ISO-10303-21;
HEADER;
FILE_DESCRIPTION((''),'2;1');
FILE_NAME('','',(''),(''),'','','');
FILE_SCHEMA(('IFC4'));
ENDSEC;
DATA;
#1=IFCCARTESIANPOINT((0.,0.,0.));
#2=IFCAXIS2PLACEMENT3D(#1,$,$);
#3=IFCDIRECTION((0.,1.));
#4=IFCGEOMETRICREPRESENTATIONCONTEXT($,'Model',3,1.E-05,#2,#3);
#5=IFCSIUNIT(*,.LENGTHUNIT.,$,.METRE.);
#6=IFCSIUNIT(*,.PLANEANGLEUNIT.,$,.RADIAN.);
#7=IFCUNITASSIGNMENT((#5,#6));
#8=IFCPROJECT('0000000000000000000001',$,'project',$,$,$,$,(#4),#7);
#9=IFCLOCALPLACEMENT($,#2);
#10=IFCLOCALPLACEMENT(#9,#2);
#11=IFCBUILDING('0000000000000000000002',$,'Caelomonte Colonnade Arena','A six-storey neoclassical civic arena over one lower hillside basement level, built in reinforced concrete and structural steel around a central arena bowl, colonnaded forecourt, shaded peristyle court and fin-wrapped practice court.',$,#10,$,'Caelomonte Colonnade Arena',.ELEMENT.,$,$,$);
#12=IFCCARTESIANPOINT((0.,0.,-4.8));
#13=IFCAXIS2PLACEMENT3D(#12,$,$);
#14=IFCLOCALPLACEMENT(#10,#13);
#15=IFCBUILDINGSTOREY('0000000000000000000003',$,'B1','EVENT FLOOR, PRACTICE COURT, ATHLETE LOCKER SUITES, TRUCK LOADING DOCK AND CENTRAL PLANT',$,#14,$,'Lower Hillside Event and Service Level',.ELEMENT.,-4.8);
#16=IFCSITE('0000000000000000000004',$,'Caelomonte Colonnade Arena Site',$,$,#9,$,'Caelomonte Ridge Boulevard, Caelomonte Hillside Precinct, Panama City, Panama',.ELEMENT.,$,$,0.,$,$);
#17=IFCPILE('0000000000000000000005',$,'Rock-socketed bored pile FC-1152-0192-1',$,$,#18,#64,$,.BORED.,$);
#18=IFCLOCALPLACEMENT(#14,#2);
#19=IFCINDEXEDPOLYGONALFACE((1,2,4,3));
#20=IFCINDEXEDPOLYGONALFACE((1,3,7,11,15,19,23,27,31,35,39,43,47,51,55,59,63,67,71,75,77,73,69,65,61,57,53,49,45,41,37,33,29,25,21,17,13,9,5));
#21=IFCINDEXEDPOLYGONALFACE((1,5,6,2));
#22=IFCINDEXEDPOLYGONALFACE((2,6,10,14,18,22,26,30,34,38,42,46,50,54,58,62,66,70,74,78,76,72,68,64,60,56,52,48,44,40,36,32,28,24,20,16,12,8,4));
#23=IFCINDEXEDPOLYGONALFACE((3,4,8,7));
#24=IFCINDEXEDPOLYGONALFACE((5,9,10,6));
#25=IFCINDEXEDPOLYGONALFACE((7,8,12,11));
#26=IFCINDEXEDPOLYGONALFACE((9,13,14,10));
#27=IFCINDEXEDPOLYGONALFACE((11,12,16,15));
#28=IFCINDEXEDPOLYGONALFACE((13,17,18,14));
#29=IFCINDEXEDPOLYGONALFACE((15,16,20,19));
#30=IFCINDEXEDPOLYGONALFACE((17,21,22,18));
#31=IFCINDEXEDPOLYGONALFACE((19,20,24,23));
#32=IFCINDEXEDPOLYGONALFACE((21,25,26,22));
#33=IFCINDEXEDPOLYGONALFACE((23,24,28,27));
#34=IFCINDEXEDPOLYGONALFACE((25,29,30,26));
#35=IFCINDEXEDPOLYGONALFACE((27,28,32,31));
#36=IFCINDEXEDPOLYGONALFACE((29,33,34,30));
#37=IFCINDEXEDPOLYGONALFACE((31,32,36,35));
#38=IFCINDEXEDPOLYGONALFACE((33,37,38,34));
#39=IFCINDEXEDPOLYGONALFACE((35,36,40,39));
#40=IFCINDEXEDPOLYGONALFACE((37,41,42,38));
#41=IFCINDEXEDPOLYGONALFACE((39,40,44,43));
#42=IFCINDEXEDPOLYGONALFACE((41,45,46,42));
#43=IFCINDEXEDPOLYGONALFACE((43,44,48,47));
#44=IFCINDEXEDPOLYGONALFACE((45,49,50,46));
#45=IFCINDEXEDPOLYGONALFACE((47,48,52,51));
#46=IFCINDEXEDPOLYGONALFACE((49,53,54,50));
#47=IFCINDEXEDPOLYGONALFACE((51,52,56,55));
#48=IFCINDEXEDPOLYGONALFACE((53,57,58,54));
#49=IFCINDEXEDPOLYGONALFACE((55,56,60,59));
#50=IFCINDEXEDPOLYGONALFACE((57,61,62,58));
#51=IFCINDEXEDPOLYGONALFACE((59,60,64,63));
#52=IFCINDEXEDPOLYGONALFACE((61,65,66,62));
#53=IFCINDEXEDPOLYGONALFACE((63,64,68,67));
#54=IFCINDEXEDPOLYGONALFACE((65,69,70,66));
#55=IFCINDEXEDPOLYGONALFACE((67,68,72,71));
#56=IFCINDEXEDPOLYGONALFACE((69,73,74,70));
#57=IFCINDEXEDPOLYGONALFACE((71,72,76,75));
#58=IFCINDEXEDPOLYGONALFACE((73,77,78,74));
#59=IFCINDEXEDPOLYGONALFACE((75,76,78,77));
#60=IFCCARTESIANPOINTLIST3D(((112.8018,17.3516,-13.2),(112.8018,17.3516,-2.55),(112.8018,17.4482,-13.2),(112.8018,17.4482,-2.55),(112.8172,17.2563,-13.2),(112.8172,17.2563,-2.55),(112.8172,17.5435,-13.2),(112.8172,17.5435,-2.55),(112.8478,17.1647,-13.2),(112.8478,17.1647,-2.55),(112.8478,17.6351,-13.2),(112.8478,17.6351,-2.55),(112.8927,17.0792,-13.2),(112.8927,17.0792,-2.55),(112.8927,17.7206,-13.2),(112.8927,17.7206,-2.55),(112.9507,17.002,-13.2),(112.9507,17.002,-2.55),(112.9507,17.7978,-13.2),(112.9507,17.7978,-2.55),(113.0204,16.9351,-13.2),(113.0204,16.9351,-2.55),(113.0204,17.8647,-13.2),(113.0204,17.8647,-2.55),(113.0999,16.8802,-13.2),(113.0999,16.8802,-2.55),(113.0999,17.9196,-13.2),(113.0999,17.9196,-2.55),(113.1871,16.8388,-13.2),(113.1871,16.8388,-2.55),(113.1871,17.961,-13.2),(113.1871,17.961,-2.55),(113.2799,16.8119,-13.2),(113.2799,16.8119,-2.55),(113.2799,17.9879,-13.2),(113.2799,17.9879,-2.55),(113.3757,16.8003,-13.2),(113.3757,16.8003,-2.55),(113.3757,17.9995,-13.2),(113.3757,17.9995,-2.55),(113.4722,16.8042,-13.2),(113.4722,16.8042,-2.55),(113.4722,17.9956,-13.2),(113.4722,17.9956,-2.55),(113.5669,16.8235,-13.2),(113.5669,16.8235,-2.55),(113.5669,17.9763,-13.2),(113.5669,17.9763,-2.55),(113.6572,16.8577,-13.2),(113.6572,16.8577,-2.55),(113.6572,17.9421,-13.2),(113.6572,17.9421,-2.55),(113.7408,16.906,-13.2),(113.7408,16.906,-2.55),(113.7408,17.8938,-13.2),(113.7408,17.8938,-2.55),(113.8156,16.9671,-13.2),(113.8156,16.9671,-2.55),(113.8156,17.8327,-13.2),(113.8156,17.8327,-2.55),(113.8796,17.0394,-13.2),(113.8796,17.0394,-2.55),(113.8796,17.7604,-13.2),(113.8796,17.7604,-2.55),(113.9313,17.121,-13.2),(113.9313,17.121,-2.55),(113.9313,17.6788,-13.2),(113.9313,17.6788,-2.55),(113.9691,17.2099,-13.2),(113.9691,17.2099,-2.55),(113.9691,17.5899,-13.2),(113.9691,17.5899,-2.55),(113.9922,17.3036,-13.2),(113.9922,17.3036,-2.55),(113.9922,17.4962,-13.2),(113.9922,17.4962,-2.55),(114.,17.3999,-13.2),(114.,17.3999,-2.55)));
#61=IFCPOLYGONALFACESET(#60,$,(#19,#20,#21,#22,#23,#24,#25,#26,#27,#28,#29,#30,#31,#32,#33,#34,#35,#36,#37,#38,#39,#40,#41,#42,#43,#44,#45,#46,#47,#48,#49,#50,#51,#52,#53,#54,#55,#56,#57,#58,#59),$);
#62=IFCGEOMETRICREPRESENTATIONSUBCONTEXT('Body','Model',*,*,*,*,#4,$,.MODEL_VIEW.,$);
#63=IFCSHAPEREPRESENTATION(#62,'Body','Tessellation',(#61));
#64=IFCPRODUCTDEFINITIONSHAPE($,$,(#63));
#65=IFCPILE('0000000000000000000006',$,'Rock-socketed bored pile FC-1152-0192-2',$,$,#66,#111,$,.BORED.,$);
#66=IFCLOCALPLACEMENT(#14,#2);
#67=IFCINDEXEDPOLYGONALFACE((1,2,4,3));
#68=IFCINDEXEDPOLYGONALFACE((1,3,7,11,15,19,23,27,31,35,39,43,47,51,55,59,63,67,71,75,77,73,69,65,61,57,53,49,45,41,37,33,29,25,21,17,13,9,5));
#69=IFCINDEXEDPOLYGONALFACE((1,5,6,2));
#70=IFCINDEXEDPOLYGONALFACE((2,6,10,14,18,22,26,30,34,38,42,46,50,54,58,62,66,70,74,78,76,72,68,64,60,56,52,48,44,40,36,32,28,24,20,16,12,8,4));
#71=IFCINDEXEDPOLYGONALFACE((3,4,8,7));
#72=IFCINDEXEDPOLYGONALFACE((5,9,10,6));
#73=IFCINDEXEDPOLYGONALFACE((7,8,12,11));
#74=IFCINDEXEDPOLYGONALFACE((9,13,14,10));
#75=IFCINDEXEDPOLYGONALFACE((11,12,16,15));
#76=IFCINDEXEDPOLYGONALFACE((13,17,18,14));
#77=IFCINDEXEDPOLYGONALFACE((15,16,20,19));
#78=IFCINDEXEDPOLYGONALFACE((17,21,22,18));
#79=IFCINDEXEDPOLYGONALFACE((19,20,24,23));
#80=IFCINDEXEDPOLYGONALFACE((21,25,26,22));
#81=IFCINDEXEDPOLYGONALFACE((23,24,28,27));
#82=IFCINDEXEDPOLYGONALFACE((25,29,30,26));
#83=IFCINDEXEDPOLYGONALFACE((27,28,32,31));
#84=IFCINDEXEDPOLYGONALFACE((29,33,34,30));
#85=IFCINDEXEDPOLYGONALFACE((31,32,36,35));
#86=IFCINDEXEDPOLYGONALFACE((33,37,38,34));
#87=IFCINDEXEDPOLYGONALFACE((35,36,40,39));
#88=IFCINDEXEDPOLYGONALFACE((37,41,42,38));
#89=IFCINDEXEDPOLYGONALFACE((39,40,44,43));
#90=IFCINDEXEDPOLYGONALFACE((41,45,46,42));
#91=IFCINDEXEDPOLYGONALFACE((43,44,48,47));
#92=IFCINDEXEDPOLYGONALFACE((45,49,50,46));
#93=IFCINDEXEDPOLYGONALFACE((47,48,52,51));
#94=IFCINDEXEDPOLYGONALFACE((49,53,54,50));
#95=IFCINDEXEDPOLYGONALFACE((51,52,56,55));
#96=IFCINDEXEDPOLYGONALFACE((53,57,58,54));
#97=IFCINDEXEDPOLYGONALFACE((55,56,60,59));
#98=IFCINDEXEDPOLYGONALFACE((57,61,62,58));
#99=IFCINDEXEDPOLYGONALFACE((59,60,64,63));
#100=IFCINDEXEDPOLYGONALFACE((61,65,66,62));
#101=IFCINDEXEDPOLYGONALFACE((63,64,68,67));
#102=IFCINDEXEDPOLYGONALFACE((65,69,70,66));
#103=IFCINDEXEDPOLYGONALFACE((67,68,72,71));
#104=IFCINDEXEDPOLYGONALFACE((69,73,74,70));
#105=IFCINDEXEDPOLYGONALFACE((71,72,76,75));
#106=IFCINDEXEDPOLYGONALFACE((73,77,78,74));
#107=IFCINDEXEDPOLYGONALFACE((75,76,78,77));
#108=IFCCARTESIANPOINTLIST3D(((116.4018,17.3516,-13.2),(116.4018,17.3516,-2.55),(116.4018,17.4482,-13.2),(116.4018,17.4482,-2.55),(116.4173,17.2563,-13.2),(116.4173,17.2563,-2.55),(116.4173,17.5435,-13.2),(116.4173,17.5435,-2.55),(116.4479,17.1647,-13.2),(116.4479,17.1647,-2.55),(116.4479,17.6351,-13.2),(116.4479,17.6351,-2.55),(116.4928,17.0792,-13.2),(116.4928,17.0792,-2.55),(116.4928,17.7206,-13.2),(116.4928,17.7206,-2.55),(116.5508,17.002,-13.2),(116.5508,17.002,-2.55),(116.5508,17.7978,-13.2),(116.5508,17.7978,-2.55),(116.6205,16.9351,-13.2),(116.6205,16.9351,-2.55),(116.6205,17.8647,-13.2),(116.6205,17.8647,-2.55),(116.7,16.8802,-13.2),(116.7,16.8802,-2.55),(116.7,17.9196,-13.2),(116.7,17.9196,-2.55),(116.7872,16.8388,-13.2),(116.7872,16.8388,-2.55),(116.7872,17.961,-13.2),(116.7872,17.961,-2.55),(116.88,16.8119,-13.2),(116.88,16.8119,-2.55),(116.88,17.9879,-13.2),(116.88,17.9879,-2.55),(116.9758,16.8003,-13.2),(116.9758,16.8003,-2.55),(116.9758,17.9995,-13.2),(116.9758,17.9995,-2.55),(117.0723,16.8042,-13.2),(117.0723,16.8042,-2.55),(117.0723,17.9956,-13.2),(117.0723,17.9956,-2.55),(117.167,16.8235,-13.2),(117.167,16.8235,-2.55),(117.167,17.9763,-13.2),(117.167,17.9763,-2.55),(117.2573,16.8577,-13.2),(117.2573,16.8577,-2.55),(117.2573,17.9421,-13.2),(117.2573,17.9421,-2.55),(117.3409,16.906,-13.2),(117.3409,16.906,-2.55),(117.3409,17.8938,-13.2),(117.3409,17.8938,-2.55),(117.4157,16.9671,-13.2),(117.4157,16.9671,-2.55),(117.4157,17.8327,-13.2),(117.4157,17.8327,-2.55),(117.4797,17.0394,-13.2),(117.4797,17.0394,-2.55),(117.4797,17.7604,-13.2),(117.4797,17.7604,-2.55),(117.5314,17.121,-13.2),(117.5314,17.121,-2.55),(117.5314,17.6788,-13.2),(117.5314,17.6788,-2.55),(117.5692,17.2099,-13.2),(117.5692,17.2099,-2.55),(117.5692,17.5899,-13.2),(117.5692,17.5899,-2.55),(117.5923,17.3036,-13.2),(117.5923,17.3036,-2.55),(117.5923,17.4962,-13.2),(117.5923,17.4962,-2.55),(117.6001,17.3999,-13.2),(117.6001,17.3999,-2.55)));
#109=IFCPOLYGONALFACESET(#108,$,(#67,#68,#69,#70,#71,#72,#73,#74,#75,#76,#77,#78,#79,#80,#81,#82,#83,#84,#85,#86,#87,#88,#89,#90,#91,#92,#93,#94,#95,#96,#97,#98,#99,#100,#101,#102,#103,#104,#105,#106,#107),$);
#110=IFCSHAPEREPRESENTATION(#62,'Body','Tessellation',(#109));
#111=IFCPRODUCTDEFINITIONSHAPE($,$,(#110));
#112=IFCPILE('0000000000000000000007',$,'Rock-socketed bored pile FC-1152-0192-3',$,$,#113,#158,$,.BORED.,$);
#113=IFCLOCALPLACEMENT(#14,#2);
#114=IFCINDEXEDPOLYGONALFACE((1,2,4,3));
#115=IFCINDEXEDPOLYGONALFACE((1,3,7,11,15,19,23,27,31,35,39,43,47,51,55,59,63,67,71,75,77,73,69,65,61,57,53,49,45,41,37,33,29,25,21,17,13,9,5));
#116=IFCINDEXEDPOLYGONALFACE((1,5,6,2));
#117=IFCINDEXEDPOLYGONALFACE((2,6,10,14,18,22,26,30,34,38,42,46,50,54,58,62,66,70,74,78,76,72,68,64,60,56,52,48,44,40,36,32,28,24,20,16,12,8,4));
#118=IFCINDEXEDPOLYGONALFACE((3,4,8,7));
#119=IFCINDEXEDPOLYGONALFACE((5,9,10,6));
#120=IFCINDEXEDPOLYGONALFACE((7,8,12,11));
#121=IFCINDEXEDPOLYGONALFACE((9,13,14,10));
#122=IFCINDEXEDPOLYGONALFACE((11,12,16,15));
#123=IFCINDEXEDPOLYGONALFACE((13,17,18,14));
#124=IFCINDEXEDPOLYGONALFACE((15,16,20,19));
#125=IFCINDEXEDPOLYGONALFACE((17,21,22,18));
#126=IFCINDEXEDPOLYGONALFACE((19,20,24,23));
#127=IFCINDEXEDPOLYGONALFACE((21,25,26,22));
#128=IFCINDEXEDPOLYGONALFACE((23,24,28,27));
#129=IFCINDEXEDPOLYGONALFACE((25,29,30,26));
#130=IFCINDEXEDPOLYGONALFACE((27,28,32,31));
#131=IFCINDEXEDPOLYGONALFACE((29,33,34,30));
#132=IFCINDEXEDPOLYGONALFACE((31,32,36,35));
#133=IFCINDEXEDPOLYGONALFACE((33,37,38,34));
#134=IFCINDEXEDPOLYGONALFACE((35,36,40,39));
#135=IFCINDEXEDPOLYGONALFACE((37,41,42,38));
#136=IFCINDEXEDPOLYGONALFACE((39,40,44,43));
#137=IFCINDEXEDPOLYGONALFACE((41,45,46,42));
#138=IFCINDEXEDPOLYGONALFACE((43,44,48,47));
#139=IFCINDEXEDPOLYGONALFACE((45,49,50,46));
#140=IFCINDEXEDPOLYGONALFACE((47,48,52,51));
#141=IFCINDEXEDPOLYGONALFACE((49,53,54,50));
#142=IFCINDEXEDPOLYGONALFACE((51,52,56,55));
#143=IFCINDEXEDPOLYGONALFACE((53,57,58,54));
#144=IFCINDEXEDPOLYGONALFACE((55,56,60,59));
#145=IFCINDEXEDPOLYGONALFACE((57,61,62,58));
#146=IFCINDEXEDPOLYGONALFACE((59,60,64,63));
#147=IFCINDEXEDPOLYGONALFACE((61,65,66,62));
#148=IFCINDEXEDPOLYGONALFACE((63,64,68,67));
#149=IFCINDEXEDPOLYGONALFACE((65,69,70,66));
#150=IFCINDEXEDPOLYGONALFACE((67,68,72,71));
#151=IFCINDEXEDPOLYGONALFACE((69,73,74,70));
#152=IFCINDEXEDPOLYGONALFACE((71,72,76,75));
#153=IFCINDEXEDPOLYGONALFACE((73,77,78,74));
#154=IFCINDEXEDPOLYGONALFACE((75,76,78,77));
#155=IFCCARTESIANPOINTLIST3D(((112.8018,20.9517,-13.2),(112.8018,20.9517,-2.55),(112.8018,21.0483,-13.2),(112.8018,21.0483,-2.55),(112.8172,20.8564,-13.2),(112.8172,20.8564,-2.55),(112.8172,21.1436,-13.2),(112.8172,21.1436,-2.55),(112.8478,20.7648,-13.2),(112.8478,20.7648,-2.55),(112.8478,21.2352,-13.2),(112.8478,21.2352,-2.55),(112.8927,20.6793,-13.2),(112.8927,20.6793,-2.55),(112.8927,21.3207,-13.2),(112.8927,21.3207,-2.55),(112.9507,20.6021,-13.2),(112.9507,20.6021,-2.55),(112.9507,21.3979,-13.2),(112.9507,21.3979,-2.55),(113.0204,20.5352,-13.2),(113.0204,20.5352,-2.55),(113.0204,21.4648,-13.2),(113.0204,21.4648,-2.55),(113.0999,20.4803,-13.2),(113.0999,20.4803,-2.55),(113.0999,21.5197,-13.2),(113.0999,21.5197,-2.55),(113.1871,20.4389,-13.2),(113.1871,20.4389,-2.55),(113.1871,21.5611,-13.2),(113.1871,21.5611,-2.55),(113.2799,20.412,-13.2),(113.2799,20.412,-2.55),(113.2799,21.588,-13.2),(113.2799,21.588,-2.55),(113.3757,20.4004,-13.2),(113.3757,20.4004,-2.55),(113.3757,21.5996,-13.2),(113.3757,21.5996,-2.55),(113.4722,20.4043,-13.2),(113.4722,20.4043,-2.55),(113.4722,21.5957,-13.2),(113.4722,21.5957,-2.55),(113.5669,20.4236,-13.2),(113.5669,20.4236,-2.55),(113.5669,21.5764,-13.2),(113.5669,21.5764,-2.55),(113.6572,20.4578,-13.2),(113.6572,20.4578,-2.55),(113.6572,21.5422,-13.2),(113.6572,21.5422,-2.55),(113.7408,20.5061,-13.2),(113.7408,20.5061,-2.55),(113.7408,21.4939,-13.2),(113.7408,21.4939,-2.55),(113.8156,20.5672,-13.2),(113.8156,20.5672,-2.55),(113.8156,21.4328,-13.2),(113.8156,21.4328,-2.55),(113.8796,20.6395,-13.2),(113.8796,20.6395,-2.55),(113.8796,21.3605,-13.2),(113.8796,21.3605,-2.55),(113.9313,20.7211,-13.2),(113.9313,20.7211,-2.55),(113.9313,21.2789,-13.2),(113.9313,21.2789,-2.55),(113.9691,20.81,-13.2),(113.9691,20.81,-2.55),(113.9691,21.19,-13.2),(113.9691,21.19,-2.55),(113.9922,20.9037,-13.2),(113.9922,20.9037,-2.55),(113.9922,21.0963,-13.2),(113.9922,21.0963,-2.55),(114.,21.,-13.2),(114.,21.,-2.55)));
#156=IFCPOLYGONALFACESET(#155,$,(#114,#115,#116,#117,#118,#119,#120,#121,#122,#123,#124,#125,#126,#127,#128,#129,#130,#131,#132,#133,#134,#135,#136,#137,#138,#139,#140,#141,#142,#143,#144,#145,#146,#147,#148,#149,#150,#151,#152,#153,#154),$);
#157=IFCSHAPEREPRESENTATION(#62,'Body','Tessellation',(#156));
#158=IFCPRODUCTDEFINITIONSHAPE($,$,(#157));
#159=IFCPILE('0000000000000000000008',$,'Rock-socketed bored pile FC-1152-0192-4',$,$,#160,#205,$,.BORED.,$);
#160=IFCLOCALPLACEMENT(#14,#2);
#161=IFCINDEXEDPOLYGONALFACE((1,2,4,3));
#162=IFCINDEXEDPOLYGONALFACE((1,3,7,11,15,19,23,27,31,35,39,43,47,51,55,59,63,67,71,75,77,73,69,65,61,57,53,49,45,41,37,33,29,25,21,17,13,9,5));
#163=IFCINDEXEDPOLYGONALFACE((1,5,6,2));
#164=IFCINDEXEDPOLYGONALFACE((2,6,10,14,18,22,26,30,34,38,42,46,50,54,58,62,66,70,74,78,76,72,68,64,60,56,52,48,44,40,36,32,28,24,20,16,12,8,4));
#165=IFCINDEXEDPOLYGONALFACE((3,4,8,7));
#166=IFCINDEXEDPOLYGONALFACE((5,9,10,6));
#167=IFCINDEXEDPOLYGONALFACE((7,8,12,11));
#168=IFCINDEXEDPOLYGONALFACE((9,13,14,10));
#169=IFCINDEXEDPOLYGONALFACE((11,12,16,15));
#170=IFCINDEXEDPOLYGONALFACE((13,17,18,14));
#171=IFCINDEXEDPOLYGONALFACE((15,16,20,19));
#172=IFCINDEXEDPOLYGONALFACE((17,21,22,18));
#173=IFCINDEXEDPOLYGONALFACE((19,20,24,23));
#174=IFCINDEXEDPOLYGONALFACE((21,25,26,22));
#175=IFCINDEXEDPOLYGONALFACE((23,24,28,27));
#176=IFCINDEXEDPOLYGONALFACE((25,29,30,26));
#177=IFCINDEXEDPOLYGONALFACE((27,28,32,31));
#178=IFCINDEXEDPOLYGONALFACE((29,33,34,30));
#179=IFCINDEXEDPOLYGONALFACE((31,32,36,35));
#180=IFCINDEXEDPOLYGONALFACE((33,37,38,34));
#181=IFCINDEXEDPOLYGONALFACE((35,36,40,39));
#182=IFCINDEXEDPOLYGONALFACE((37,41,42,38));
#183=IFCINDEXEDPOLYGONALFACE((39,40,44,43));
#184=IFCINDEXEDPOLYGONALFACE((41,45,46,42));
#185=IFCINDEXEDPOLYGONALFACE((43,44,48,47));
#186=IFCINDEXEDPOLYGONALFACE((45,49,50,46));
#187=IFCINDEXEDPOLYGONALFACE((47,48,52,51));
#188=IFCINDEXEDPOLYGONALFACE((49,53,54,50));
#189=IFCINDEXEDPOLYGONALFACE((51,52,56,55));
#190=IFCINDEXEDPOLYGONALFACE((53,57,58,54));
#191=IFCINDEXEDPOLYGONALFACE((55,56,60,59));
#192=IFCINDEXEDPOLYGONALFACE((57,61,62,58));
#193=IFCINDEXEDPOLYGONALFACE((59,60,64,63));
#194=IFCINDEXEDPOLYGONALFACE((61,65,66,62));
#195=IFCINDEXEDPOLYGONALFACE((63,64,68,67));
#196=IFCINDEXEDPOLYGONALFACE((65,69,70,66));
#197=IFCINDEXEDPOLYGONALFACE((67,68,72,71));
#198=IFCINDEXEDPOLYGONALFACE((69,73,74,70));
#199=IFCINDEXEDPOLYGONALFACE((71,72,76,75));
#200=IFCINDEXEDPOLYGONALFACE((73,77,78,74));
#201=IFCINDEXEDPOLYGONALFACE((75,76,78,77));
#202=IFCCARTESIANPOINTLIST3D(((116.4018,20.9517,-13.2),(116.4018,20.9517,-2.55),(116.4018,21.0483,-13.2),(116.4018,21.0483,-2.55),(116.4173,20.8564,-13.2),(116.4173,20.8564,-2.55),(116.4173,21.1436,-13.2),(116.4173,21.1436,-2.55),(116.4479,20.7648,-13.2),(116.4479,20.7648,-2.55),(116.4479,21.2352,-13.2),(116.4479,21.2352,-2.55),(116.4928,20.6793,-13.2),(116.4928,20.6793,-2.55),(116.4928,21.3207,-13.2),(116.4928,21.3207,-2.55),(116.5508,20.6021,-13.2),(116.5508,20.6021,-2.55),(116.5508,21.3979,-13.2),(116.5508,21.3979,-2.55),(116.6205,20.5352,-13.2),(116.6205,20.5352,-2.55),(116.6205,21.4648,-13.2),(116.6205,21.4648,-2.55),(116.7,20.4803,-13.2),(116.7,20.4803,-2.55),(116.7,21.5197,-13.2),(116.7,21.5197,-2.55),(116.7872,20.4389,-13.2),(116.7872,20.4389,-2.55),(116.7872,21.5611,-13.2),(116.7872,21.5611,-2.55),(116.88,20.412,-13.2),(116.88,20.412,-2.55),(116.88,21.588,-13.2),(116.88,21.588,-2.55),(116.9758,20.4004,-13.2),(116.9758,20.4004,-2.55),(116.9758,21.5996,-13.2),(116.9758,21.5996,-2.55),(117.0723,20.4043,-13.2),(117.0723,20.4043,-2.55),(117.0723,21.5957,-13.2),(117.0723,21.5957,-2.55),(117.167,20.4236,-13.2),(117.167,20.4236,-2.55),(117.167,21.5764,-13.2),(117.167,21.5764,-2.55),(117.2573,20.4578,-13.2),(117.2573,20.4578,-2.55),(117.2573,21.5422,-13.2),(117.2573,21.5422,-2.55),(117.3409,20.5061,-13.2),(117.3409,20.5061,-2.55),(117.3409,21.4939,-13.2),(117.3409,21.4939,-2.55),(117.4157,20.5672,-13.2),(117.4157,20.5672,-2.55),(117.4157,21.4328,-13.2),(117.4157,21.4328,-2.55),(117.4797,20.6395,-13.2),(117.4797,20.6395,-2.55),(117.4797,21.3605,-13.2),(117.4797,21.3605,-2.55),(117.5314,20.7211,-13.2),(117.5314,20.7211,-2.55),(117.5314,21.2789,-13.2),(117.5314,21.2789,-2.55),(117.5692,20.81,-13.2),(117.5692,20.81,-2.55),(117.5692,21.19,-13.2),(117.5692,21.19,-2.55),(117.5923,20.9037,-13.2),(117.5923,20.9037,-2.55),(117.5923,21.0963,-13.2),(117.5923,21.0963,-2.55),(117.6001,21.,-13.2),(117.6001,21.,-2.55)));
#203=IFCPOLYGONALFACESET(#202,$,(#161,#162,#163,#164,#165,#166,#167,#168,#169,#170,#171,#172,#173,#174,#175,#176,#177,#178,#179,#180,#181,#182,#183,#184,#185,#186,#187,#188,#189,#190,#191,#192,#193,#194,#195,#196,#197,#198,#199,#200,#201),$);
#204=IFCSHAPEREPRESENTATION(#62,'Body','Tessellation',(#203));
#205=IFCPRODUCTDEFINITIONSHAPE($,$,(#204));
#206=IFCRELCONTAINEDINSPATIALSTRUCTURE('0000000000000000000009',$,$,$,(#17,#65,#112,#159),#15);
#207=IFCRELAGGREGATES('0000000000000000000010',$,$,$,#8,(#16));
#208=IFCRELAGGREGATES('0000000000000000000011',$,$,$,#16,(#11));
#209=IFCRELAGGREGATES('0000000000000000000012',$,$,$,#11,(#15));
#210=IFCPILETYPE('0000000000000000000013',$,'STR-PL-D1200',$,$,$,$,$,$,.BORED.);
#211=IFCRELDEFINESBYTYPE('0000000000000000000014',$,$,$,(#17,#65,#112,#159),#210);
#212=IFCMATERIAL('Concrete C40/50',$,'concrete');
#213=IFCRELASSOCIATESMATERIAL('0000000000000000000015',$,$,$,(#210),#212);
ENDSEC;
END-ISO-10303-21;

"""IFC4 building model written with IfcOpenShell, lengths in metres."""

from ifc_helpers import new_model, si_unit, direction, frame, origin, origin_2d, place, context, subcontext, project, spatial, circle, extrude, material, material_profile, profile_set, type_object, element, save


model = new_model("IFC4")

# Units and contexts
model_context = context("Model", 3, precision=1e-05, world=origin(), true_north=direction((0.0, 1.0)))
body_context = subcontext(model_context, "Body", "Model", "MODEL_VIEW")
ifc_project = project(units=[si_unit("LENGTHUNIT", "METRE"), si_unit("PLANEANGLEUNIT", "RADIAN")], contexts=[model_context])

# Site, building, storey
site_placement = place(None, origin())
site = spatial("IfcSite", under=ifc_project, at=site_placement, Name="Caelomonte Colonnade Arena Site", LongName="Caelomonte Ridge Boulevard, Caelomonte Hillside Precinct, Panama City, Panama", CompositionType="ELEMENT", RefElevation=0.0)
building_placement = place(site_placement, origin())
building = spatial("IfcBuilding", under=site, at=building_placement, Name="Caelomonte Colonnade Arena", Description="A six-storey neoclassical civic arena over one lower hillside basement level, built in reinforced concrete and structural steel around a central arena bowl, colonnaded forecourt, shaded peristyle court and fin-wrapped practice court.", LongName="Caelomonte Colonnade Arena", CompositionType="ELEMENT")
storey_placement = place(building_placement, frame((0.0, 0.0, -4.8)))
storey = spatial("IfcBuildingStorey", under=building, at=storey_placement, Name="B1", Description="EVENT FLOOR, PRACTICE COURT, ATHLETE LOCKER SUITES, TRUCK LOADING DOCK AND CENTRAL PLANT", LongName="Lower Hillside Event and Service Level", CompositionType="ELEMENT", Elevation=-4.8)

# Shared definitions
ifc_material_1 = material(Name="Concrete C40/50", Category="concrete")

# Piles
ifc_material_profile_1 = material_profile(ifc_material_1, circle(Radius=0.6001, at=origin_2d()), Name="PILE-D1200")
ifc_profile_set_1 = profile_set([ifc_material_profile_1], Name="Concrete C40/50")
pile_type_1 = type_object("IfcPileType", Name="STR-PL-D1200", PredefinedType="BORED", material=ifc_profile_set_1)
for number, where, z_axis, x_axis, name in (
    (1, (113.3999, 17.3999, -2.55), (0.0, 0.0, -1.0), (1.0, 0.0, 0.0), "Rock-socketed bored pile FC-1152-0192-1"),
    (2, (117.0, 17.3999, -2.55), (0.0, 0.0, -1.0), (1.0, 0.0, 0.0), "Rock-socketed bored pile FC-1152-0192-2"),
    (3, (113.3999, 21.0, -2.55), (0.0, 0.0, -1.0), (1.0, 0.0, 0.0), "Rock-socketed bored pile FC-1152-0192-3"),
    (4, (117.0, 21.0, -2.55), (0.0, 0.0, -1.0), (1.0, 0.0, 0.0), "Rock-socketed bored pile FC-1152-0192-4"),
):
    element("IfcPile", number, at=place(storey_placement, frame(where, z_axis=z_axis, x_axis=x_axis)), inside=storey, type_object=pile_type_1, Name=name, PredefinedType="BORED", context=body_context, shape_type="SweptSolid", body=[
        extrude(circle(Radius=0.6001, at=origin_2d()), origin(), (0.0, 0.0, 1.0), 10.6499),
    ])

save(model, "model.ifc")
